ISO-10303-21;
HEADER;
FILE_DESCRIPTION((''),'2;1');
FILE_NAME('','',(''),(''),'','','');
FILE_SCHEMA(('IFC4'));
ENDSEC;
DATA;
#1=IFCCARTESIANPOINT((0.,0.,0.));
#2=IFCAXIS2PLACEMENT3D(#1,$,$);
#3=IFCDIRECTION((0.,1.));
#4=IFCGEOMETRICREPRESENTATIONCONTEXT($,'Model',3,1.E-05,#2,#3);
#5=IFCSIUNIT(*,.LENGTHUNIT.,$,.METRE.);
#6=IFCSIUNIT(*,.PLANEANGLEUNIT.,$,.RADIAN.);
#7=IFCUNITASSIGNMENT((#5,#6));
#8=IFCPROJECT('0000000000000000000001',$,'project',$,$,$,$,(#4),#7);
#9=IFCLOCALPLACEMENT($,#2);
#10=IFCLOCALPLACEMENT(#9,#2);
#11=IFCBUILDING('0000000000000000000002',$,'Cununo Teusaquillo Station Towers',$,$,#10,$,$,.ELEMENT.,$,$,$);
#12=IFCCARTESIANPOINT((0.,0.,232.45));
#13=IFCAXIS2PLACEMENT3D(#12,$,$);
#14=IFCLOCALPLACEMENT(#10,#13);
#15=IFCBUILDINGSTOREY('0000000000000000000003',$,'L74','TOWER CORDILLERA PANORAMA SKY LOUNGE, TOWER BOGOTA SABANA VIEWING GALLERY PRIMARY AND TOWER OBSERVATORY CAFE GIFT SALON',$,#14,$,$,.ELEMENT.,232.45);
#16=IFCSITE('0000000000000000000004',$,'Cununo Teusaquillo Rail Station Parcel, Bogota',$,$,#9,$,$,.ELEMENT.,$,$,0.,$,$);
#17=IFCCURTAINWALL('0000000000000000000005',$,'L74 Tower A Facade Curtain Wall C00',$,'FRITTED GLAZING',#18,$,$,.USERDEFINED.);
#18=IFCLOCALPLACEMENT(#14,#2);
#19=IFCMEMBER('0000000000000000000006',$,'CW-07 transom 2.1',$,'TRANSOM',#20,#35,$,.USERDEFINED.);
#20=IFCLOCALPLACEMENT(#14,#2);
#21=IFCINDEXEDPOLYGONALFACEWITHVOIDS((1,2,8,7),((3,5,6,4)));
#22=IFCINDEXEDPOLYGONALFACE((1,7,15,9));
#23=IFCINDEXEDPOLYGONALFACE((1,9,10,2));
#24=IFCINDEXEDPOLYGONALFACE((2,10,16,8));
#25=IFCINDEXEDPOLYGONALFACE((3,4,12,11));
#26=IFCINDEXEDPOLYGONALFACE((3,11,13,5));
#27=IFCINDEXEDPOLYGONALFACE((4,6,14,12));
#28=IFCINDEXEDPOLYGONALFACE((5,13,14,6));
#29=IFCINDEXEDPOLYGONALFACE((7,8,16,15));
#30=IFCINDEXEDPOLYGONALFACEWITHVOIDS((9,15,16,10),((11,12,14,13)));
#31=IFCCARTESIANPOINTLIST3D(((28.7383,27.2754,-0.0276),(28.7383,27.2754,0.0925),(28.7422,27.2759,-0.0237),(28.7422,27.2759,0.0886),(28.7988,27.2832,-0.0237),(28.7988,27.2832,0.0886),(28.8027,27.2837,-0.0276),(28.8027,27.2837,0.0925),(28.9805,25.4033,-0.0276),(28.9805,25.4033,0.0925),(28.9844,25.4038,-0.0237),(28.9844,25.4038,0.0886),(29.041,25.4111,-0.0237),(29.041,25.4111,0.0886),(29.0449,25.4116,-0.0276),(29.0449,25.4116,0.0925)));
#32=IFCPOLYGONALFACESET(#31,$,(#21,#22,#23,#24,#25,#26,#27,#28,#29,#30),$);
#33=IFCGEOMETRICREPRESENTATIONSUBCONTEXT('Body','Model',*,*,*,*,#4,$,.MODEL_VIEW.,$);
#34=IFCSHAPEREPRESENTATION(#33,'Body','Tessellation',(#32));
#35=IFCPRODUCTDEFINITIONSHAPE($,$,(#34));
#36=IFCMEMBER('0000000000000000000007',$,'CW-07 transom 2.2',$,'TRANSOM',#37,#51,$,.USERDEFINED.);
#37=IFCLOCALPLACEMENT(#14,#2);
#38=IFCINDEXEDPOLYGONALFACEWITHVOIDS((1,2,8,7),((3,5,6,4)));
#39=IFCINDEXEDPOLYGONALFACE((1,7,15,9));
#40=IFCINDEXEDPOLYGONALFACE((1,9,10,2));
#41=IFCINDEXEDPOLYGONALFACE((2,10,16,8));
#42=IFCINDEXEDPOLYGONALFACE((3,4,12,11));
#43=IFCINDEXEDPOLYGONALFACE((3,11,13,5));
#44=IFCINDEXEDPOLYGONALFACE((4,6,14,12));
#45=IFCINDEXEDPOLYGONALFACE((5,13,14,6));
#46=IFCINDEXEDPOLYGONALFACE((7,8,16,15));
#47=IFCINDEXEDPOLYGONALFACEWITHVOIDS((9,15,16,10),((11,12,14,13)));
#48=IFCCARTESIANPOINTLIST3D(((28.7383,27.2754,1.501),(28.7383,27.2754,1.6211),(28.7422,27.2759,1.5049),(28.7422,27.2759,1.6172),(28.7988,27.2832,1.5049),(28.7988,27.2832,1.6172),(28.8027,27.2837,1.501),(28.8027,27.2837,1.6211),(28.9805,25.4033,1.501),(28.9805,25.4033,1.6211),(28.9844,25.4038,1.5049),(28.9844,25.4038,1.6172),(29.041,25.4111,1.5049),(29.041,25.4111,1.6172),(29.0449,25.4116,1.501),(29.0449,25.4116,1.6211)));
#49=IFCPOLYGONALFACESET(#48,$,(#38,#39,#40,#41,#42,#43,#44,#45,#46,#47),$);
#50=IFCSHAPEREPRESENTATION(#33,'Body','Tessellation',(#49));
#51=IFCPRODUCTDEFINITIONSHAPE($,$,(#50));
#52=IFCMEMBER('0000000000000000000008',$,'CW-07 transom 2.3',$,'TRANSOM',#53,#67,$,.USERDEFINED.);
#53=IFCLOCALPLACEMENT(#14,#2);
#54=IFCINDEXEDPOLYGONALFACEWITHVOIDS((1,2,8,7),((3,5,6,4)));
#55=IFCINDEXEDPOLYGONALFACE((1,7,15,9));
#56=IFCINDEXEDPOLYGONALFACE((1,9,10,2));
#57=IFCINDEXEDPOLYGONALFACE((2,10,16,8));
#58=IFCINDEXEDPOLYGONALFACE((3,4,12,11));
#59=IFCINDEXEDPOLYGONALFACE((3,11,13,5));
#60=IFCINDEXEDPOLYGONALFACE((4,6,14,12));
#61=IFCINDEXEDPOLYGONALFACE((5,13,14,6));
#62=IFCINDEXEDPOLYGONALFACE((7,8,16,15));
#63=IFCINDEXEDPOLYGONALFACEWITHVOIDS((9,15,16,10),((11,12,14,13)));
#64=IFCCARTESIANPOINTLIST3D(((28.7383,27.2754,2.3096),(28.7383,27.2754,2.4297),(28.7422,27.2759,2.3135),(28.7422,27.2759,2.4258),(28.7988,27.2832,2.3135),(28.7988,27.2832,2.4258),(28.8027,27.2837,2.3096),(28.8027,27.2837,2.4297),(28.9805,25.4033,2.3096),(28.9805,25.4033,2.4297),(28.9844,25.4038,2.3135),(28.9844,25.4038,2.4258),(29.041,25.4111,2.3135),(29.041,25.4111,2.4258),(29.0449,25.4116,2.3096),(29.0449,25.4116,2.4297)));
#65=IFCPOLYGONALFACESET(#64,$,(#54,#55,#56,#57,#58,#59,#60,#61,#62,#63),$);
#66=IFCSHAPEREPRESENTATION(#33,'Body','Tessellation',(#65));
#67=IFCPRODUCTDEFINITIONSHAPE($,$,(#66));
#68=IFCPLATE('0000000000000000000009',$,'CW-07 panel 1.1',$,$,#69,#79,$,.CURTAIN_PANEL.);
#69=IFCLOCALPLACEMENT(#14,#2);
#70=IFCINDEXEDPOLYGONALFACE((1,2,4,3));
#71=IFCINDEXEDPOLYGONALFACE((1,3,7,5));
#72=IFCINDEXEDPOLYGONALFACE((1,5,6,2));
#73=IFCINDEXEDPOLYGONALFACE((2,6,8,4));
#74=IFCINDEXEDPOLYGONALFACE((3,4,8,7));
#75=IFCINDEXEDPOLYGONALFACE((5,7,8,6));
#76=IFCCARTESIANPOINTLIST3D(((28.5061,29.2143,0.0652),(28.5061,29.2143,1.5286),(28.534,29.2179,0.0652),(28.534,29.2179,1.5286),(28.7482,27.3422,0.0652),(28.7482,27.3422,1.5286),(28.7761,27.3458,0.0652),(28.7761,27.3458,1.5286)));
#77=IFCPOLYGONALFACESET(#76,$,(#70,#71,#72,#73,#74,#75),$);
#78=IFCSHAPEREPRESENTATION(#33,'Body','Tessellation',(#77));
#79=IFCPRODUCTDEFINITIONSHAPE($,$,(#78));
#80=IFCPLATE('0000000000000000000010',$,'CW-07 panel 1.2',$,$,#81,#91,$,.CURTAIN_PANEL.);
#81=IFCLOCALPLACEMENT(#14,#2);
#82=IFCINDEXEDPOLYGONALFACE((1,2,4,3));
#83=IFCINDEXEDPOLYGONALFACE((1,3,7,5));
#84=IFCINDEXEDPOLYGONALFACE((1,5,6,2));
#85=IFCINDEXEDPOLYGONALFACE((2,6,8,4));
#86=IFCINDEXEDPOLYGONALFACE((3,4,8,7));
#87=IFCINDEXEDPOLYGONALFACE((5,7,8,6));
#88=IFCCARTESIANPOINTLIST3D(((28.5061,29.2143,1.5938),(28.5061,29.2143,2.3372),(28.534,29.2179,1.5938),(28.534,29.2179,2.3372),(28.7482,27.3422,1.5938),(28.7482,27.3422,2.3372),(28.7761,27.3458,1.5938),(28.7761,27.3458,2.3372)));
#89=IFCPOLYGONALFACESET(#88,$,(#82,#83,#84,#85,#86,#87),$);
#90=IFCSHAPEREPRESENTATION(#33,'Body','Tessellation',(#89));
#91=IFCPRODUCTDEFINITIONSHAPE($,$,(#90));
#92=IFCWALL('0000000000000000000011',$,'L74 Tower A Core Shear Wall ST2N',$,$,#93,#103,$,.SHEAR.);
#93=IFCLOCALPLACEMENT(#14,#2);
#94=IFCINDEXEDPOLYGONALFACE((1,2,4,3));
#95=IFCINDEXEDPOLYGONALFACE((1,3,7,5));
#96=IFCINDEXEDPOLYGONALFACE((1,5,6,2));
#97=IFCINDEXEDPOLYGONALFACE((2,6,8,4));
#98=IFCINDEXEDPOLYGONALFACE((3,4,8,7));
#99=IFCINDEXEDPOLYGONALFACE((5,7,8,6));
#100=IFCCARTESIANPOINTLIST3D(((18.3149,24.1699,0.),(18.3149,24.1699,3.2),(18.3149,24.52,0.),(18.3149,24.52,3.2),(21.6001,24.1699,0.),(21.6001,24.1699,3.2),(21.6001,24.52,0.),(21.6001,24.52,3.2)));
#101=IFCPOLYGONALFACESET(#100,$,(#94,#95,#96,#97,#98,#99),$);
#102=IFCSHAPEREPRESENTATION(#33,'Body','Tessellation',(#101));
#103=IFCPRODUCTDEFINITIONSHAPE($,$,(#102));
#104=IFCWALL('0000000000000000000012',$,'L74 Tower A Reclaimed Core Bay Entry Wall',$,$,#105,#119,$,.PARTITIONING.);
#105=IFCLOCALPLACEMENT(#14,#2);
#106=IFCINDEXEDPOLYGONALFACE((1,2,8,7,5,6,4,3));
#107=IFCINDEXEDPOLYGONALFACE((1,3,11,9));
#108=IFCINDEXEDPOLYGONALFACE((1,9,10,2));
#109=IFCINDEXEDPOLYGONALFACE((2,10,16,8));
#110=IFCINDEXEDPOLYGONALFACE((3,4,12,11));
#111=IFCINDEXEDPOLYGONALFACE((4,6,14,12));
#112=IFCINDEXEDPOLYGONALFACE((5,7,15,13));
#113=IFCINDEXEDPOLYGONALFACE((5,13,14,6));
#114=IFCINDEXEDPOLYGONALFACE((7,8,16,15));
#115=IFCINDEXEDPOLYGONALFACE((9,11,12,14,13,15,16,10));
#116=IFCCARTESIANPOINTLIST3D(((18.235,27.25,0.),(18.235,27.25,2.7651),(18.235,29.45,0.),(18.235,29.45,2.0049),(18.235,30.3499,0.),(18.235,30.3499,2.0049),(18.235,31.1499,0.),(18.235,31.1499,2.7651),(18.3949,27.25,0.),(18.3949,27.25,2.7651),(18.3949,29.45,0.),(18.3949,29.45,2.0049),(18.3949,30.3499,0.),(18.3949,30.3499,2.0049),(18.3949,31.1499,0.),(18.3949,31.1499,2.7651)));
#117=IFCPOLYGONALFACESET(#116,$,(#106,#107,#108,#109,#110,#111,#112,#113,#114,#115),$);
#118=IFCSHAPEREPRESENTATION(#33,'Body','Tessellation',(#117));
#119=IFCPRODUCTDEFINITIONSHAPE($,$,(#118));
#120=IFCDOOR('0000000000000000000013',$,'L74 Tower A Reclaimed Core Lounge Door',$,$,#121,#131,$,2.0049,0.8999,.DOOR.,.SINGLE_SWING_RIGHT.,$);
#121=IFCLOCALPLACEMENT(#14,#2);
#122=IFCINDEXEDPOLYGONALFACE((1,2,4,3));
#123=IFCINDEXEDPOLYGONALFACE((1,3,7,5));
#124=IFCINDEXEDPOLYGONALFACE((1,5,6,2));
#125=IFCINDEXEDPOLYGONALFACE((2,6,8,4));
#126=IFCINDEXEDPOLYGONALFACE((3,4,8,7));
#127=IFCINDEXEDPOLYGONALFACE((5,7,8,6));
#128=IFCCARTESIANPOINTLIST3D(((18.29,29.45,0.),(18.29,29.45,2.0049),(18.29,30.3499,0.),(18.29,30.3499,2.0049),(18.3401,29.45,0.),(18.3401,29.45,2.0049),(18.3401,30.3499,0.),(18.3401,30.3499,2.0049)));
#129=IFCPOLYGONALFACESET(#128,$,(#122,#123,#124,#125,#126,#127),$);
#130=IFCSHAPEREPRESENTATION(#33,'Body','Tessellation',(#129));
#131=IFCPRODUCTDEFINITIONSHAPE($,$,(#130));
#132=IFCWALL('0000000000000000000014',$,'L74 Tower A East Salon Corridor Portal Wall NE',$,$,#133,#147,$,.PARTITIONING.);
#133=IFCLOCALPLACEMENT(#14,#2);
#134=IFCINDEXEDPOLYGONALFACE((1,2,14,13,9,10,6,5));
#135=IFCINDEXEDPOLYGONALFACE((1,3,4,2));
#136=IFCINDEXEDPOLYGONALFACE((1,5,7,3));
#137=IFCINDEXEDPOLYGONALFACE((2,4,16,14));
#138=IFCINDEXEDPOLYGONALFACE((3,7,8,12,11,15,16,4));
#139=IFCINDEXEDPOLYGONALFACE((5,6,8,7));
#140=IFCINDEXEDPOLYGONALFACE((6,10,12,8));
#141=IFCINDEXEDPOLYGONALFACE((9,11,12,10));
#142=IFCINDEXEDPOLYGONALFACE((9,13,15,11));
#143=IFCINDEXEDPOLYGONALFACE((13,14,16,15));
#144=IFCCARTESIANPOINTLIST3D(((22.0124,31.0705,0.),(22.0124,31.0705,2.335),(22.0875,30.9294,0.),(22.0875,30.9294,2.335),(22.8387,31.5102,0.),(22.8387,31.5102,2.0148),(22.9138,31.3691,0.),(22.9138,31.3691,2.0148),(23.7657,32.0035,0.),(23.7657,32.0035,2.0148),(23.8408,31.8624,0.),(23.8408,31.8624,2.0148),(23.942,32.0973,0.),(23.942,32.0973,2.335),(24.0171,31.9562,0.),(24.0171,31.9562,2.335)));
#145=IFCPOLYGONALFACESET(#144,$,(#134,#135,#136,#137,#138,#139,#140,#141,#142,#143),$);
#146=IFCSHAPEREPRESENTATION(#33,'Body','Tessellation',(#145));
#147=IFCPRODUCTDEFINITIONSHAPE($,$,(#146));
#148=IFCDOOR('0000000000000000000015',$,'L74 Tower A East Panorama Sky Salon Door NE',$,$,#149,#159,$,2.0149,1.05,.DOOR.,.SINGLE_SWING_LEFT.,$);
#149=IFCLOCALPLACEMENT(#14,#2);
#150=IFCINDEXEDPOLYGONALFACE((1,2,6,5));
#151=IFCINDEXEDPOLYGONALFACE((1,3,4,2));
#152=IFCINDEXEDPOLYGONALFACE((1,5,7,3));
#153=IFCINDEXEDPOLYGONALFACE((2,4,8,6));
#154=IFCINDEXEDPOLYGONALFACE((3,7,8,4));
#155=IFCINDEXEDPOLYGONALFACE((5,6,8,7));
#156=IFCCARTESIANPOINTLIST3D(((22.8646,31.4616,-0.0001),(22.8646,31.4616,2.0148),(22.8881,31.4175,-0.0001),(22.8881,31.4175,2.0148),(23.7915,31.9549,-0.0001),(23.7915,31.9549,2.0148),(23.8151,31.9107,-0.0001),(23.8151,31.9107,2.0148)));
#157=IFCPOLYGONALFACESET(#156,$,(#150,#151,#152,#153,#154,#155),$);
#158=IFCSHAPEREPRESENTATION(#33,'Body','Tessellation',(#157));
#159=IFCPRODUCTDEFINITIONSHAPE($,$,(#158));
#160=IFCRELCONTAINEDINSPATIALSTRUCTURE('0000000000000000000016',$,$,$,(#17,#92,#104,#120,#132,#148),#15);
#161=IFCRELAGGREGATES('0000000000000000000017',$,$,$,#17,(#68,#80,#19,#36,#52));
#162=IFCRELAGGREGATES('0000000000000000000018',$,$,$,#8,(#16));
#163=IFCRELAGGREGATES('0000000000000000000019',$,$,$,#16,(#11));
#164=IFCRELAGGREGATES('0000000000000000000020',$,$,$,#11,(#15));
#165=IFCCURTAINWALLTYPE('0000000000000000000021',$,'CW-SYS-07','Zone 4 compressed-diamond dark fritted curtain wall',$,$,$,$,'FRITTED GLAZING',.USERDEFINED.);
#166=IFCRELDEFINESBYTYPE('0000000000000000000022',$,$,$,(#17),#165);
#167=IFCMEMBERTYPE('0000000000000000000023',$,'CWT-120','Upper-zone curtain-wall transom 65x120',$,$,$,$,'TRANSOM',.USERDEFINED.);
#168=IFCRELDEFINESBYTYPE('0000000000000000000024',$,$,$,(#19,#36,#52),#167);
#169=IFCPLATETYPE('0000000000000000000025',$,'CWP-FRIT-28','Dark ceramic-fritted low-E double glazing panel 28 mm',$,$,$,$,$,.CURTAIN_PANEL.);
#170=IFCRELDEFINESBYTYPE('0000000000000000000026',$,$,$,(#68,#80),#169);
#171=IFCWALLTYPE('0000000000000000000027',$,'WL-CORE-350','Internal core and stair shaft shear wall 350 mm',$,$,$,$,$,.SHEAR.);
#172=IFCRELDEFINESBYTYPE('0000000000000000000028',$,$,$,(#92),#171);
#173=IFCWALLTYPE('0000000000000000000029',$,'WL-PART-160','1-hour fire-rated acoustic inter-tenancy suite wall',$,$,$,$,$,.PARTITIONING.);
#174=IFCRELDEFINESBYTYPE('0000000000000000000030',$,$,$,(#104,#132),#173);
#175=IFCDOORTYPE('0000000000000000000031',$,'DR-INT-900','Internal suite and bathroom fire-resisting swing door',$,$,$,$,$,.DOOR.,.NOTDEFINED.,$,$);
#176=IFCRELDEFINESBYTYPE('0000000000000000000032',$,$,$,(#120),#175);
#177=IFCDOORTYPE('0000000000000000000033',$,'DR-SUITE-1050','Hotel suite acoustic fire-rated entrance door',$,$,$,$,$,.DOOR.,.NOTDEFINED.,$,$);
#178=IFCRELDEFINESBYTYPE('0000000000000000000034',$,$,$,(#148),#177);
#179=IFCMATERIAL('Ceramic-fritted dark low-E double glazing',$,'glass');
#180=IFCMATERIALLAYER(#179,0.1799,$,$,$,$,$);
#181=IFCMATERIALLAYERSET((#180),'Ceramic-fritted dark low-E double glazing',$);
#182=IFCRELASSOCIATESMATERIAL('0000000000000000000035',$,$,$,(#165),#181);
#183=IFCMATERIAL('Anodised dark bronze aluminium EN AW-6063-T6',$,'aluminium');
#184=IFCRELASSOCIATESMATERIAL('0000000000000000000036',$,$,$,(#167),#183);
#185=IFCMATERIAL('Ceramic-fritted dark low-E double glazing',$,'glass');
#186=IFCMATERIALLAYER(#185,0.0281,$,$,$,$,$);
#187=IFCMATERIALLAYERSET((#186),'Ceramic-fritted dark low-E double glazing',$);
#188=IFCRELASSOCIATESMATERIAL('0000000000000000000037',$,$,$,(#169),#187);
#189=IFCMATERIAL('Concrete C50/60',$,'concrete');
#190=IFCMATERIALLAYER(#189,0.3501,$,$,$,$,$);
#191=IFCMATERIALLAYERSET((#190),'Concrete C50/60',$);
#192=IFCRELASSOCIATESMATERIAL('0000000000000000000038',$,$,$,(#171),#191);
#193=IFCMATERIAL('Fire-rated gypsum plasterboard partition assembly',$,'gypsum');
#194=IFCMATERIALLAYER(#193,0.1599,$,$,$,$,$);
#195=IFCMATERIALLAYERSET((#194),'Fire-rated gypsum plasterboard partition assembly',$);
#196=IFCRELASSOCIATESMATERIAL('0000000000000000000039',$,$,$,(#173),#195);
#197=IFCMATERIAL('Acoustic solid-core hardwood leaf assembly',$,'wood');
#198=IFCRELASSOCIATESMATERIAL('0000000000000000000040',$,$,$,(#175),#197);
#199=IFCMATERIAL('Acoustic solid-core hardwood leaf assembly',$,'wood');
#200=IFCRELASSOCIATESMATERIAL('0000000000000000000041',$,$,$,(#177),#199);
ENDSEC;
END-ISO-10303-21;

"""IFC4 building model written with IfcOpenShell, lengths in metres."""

from ifc_helpers import new_model, si_unit, direction, frame, frame_2d, origin, origin_2d, place, context, subcontext, project, spatial, rectangle, hollow_rectangle, extrude, source, transform, mapped, material, layer, layer_set, material_profile, profile_set, type_object, element, fill, aggregate, save


model = new_model("IFC4")

# Units and contexts
model_context = context("Model", 3, precision=1e-05, world=origin(), true_north=direction((0.0, 1.0)))
body_context = subcontext(model_context, "Body", "Model", "MODEL_VIEW")
ifc_project = project(units=[si_unit("LENGTHUNIT", "METRE"), si_unit("PLANEANGLEUNIT", "RADIAN")], contexts=[model_context])

# Site, building, storey
site_placement = place(None, origin())
site = spatial("IfcSite", under=ifc_project, at=site_placement, Name="Cununo Teusaquillo Rail Station Parcel, Bogota", CompositionType="ELEMENT", RefElevation=0.0)
building_placement = place(site_placement, origin())
building = spatial("IfcBuilding", under=site, at=building_placement, Name="Cununo Teusaquillo Station Towers", CompositionType="ELEMENT")
storey_placement = place(building_placement, frame((0.0, 0.0, 232.45)))
storey = spatial("IfcBuildingStorey", under=building, at=storey_placement, Name="L74", Description="TOWER CORDILLERA PANORAMA SKY LOUNGE, TOWER BOGOTA SABANA VIEWING GALLERY PRIMARY AND TOWER OBSERVATORY CAFE GIFT SALON", CompositionType="ELEMENT", Elevation=232.45)

# Curtain wall, members, plates
ifc_material_1 = material(Name="Ceramic-fritted dark low-E double glazing", Category="glass")
ifc_layer_1 = layer(ifc_material_1, 0.1799)
ifc_layer_set_1 = layer_set([ifc_layer_1], Name="Ceramic-fritted dark low-E double glazing")
curtain_wall_type = type_object("IfcCurtainWallType", Name="CW-SYS-07", Description="Zone 4 compressed-diamond dark fritted curtain wall", ElementType="FRITTED GLAZING", PredefinedType="USERDEFINED", material=ifc_layer_set_1)
curtain_wall_placement = place(storey_placement, origin())
curtain_wall = element("IfcCurtainWall", 1, at=curtain_wall_placement, inside=storey, type_object=curtain_wall_type, Name="L74 Tower A Facade Curtain Wall C00", ObjectType="FRITTED GLAZING", PredefinedType="USERDEFINED")
ifc_material_2 = material(Name="Anodised dark bronze aluminium EN AW-6063-T6", Category="aluminium")
ifc_material_profile_1 = material_profile(ifc_material_2, hollow_rectangle(XDim=0.0649, YDim=0.1201, WallThickness=0.0039, at=origin_2d()), Name="CW-TRAN-65x120")
ifc_profile_set_1 = profile_set([ifc_material_profile_1], Name="Anodised dark bronze aluminium EN AW-6063-T6")
member_type_1 = type_object("IfcMemberType", Name="CWT-120", Description="Upper-zone curtain-wall transom 65x120", ElementType="TRANSOM", PredefinedType="USERDEFINED", material=ifc_profile_set_1)
member_1_placement = place(storey_placement, frame((28.7705, 27.2795, 0.0325), z_axis=(0.1283, -0.991735, 0.0), x_axis=(0.991735, 0.1283, 0.0)))
member_1 = element("IfcMember", 2, at=member_1_placement, type_object=member_type_1, Name="CW-07 transom 2.1", ObjectType="TRANSOM", PredefinedType="USERDEFINED", context=body_context, shape_type="SweptSolid", body=[
    extrude(hollow_rectangle(XDim=0.0649, YDim=0.1201, WallThickness=0.0039, at=origin_2d()), origin(), (0.0, 0.0, 1.0), 1.8877),
])
member_2_placement = place(storey_placement, frame((28.7705, 27.2795, 1.561), z_axis=(0.1283, -0.991735, 0.0), x_axis=(0.991735, 0.1283, 0.0)))
member_2 = element("IfcMember", 3, at=member_2_placement, type_object=member_type_1, Name="CW-07 transom 2.2", ObjectType="TRANSOM", PredefinedType="USERDEFINED", context=body_context, shape_type="SweptSolid", body=[
    extrude(hollow_rectangle(XDim=0.0649, YDim=0.1201, WallThickness=0.0039, at=origin_2d()), origin(), (0.0, 0.0, 1.0), 1.8877),
])
member_3_placement = place(storey_placement, frame((28.7705, 27.2795, 2.3696), z_axis=(0.1283, -0.991735, 0.0), x_axis=(0.991735, 0.1283, 0.0)))
member_3 = element("IfcMember", 4, at=member_3_placement, type_object=member_type_1, Name="CW-07 transom 2.3", ObjectType="TRANSOM", PredefinedType="USERDEFINED", context=body_context, shape_type="SweptSolid", body=[
    extrude(hollow_rectangle(XDim=0.0649, YDim=0.1201, WallThickness=0.0039, at=origin_2d()), origin(), (0.0, 0.0, 1.0), 1.8877),
])
ifc_material_3 = material(Name="Ceramic-fritted dark low-E double glazing", Category="glass")
ifc_layer_2 = layer(ifc_material_3, 0.0281)
ifc_layer_set_2 = layer_set([ifc_layer_2], Name="Ceramic-fritted dark low-E double glazing")
plate_type = type_object("IfcPlateType", Name="CWP-FRIT-28", Description="Dark ceramic-fritted low-E double glazing panel 28 mm", PredefinedType="CURTAIN_PANEL", material=ifc_layer_set_2)
shared_shape_1 = source(origin(), body_context, "Body", "SweptSolid", [
    extrude(rectangle(XDim=1.8877, YDim=0.0281, at=origin_2d()), origin(), (0.0, 0.0, 1.0), 1.4634),
])
plate_1_placement = place(storey_placement, frame((28.6411, 28.28, 0.0652), z_axis=(0.0, 0.0, 1.0), x_axis=(0.128253, -0.991742, 0.0)))
plate_1 = element("IfcPlate", 5, at=plate_1_placement, type_object=plate_type, Name="CW-07 panel 1.1", PredefinedType="CURTAIN_PANEL", context=body_context, shape_type="MappedRepresentation", body=[
    mapped(shared_shape_1, transform((0.0, 0.0, 0.0), x_axis=(1.0, 0.0, 0.0), y_axis=(0.0, 1.0, 0.0), z_axis=(0.0, 0.0, 1.0), scale=1.0)),
])
shared_shape_2 = source(origin(), body_context, "Body", "SweptSolid", [
    extrude(rectangle(XDim=1.8877, YDim=0.0281, at=origin_2d()), origin(), (0.0, 0.0, 1.0), 0.7434),
])
plate_2_placement = place(storey_placement, frame((28.6411, 28.28, 1.5938), z_axis=(0.0, 0.0, 1.0), x_axis=(0.128253, -0.991742, 0.0)))
plate_2 = element("IfcPlate", 6, at=plate_2_placement, type_object=plate_type, Name="CW-07 panel 1.2", PredefinedType="CURTAIN_PANEL", context=body_context, shape_type="MappedRepresentation", body=[
    mapped(shared_shape_2, transform((0.0, 0.0, 0.0), x_axis=(1.0, 0.0, 0.0), y_axis=(0.0, 1.0, 0.0), z_axis=(0.0, 0.0, 1.0), scale=1.0)),
])
aggregate(curtain_wall, [plate_1, plate_2, member_1, member_2, member_3])

# Wall
ifc_material_4 = material(Name="Concrete C50/60", Category="concrete")
ifc_layer_3 = layer(ifc_material_4, 0.3501)
ifc_layer_set_3 = layer_set([ifc_layer_3], Name="Concrete C50/60")
wall_type_1 = type_object("IfcWallType", Name="WL-CORE-350", Description="Internal core and stair shaft shear wall 350 mm", PredefinedType="SHEAR", material=ifc_layer_set_3)
wall_1_placement = place(storey_placement, frame((18.3149, 24.345, 0.0), z_axis=(0.0, 0.0, 1.0), x_axis=(1.0, 0.0, 0.0)))
element("IfcWall", 7, at=wall_1_placement, inside=storey, type_object=wall_type_1, Name="L74 Tower A Core Shear Wall ST2N", PredefinedType="SHEAR", context=body_context, shape_type="SweptSolid", body=[
    extrude(rectangle(XDim=3.2852, YDim=0.3501, at=frame_2d((1.6426, 0.0))), origin(), (0.0, 0.0, 1.0), 3.2),
])

# Walls, openings, doors
ifc_material_5 = material(Name="Fire-rated gypsum plasterboard partition assembly", Category="gypsum")
ifc_layer_4 = layer(ifc_material_5, 0.1599)
ifc_layer_set_4 = layer_set([ifc_layer_4], Name="Fire-rated gypsum plasterboard partition assembly")
wall_type_2 = type_object("IfcWallType", Name="WL-PART-160", Description="1-hour fire-rated acoustic inter-tenancy suite wall", PredefinedType="PARTITIONING", material=ifc_layer_set_4)
wall_2_placement = place(storey_placement, frame((18.3149, 27.25, 0.0), z_axis=(0.0, 0.0, 1.0), x_axis=(0.0, 1.0, 0.0)))
wall_2 = element("IfcWall", 8, at=wall_2_placement, inside=storey, type_object=wall_type_2, Name="L74 Tower A Reclaimed Core Bay Entry Wall", PredefinedType="PARTITIONING", context=body_context, shape_type="SweptSolid", body=[
    extrude(rectangle(XDim=3.8999, YDim=0.1599, at=frame_2d((1.95, 0.0))), origin(), (0.0, 0.0, 1.0), 2.7651),
])
shared_shape_3 = source(origin(), body_context, "Body", "SweptSolid", [
    extrude(rectangle(XDim=0.8999, YDim=2.0049, at=frame_2d((0.45, 1.0024))), frame((0.0, 0.0898, 0.0), z_axis=(0.0, -1.0, 0.0), x_axis=(1.0, 0.0, 0.0)), (0.0, 0.0, 1.0), 0.1799),
])
opening_1_placement = place(wall_2_placement, frame((2.2, 0.0, 0.0)))
opening_1 = element("IfcOpeningElement", 9, at=opening_1_placement, cuts=wall_2, PredefinedType="OPENING", context=body_context, shape_type="MappedRepresentation", body=[
    mapped(shared_shape_3, transform((0.0, 0.0, 0.0), x_axis=(1.0, 0.0, 0.0), y_axis=(0.0, 1.0, 0.0), z_axis=(0.0, 0.0, 1.0), scale=1.0)),
])
ifc_material_6 = material(Name="Acoustic solid-core hardwood leaf assembly", Category="wood")
door_type_1 = type_object("IfcDoorType", Name="DR-INT-900", Description="Internal suite and bathroom fire-resisting swing door", OperationType="NOTDEFINED", PredefinedType="DOOR", material=ifc_material_6)
shared_shape_4 = source(origin(), body_context, "Body", "SweptSolid", [
    extrude(rectangle(XDim=0.8999, YDim=2.0049, at=frame_2d((0.45, 1.0024))), frame((0.0, 0.0249, 0.0), z_axis=(0.0, -1.0, 0.0), x_axis=(1.0, 0.0, 0.0)), (0.0, 0.0, 1.0), 0.05),
])
door_1_placement = place(opening_1_placement, origin())
door_1 = element("IfcDoor", 10, at=door_1_placement, inside=storey, type_object=door_type_1, Name="L74 Tower A Reclaimed Core Lounge Door", OperationType="SINGLE_SWING_RIGHT", OverallHeight=2.0049, OverallWidth=0.8999, PredefinedType="DOOR", context=body_context, shape_type="MappedRepresentation", body=[
    mapped(shared_shape_4, transform((0.0, 0.0, 0.0), x_axis=(1.0, 0.0, 0.0), y_axis=(0.0, 1.0, 0.0), z_axis=(0.0, 0.0, 1.0), scale=1.0)),
])
fill(opening_1, door_1)
wall_3_placement = place(storey_placement, frame((22.05, 31.0, 0.0), z_axis=(0.0, 0.0, 1.0), x_axis=(0.882792, 0.469765, 0.0)))
wall_3 = element("IfcWall", 11, at=wall_3_placement, inside=storey, type_object=wall_type_2, Name="L74 Tower A East Salon Corridor Portal Wall NE", PredefinedType="PARTITIONING", context=body_context, shape_type="SweptSolid", body=[
    extrude(rectangle(XDim=2.1858, YDim=0.1599, at=frame_2d((1.0928, 0.0))), origin(), (0.0, 0.0, 1.0), 2.335),
])
shared_shape_5 = source(origin(), body_context, "Body", "SweptSolid", [
    extrude(rectangle(XDim=1.05, YDim=2.0149, at=frame_2d((0.5249, 1.0073))), frame((0.0, 0.0898, 0.0), z_axis=(0.0, -1.0, 0.0), x_axis=(1.0, 0.0, 0.0)), (0.0, 0.0, 1.0), 0.1799),
])
opening_2_placement = place(wall_3_placement, frame((0.936, 0.0, 0.0)))
opening_2 = element("IfcOpeningElement", 12, at=opening_2_placement, cuts=wall_3, PredefinedType="OPENING", context=body_context, shape_type="MappedRepresentation", body=[
    mapped(shared_shape_5, transform((0.0, 0.0, 0.0), x_axis=(1.0, 0.0, 0.0), y_axis=(0.0, 1.0, 0.0), z_axis=(0.0, 0.0, 1.0), scale=1.0)),
])
ifc_material_7 = material(Name="Acoustic solid-core hardwood leaf assembly", Category="wood")
door_type_2 = type_object("IfcDoorType", Name="DR-SUITE-1050", Description="Hotel suite acoustic fire-rated entrance door", OperationType="NOTDEFINED", PredefinedType="DOOR", material=ifc_material_7)
shared_shape_6 = source(origin(), body_context, "Body", "SweptSolid", [
    extrude(rectangle(XDim=1.05, YDim=2.0149, at=frame_2d((0.5249, 1.0073))), frame((0.0, 0.0249, 0.0), z_axis=(0.0, -1.0, 0.0), x_axis=(1.0, 0.0, 0.0)), (0.0, 0.0, 1.0), 0.05),
])
door_2_placement = place(opening_2_placement, origin())
door_2 = element("IfcDoor", 13, at=door_2_placement, inside=storey, type_object=door_type_2, Name="L74 Tower A East Panorama Sky Salon Door NE", OperationType="SINGLE_SWING_LEFT", OverallHeight=2.0149, OverallWidth=1.05, PredefinedType="DOOR", context=body_context, shape_type="MappedRepresentation", body=[
    mapped(shared_shape_6, transform((0.0, 0.0, 0.0), x_axis=(1.0, 0.0, 0.0), y_axis=(0.0, 1.0, 0.0), z_axis=(0.0, 0.0, 1.0), scale=1.0)),
])
fill(opening_2, door_2)

save(model, "model.ifc")
